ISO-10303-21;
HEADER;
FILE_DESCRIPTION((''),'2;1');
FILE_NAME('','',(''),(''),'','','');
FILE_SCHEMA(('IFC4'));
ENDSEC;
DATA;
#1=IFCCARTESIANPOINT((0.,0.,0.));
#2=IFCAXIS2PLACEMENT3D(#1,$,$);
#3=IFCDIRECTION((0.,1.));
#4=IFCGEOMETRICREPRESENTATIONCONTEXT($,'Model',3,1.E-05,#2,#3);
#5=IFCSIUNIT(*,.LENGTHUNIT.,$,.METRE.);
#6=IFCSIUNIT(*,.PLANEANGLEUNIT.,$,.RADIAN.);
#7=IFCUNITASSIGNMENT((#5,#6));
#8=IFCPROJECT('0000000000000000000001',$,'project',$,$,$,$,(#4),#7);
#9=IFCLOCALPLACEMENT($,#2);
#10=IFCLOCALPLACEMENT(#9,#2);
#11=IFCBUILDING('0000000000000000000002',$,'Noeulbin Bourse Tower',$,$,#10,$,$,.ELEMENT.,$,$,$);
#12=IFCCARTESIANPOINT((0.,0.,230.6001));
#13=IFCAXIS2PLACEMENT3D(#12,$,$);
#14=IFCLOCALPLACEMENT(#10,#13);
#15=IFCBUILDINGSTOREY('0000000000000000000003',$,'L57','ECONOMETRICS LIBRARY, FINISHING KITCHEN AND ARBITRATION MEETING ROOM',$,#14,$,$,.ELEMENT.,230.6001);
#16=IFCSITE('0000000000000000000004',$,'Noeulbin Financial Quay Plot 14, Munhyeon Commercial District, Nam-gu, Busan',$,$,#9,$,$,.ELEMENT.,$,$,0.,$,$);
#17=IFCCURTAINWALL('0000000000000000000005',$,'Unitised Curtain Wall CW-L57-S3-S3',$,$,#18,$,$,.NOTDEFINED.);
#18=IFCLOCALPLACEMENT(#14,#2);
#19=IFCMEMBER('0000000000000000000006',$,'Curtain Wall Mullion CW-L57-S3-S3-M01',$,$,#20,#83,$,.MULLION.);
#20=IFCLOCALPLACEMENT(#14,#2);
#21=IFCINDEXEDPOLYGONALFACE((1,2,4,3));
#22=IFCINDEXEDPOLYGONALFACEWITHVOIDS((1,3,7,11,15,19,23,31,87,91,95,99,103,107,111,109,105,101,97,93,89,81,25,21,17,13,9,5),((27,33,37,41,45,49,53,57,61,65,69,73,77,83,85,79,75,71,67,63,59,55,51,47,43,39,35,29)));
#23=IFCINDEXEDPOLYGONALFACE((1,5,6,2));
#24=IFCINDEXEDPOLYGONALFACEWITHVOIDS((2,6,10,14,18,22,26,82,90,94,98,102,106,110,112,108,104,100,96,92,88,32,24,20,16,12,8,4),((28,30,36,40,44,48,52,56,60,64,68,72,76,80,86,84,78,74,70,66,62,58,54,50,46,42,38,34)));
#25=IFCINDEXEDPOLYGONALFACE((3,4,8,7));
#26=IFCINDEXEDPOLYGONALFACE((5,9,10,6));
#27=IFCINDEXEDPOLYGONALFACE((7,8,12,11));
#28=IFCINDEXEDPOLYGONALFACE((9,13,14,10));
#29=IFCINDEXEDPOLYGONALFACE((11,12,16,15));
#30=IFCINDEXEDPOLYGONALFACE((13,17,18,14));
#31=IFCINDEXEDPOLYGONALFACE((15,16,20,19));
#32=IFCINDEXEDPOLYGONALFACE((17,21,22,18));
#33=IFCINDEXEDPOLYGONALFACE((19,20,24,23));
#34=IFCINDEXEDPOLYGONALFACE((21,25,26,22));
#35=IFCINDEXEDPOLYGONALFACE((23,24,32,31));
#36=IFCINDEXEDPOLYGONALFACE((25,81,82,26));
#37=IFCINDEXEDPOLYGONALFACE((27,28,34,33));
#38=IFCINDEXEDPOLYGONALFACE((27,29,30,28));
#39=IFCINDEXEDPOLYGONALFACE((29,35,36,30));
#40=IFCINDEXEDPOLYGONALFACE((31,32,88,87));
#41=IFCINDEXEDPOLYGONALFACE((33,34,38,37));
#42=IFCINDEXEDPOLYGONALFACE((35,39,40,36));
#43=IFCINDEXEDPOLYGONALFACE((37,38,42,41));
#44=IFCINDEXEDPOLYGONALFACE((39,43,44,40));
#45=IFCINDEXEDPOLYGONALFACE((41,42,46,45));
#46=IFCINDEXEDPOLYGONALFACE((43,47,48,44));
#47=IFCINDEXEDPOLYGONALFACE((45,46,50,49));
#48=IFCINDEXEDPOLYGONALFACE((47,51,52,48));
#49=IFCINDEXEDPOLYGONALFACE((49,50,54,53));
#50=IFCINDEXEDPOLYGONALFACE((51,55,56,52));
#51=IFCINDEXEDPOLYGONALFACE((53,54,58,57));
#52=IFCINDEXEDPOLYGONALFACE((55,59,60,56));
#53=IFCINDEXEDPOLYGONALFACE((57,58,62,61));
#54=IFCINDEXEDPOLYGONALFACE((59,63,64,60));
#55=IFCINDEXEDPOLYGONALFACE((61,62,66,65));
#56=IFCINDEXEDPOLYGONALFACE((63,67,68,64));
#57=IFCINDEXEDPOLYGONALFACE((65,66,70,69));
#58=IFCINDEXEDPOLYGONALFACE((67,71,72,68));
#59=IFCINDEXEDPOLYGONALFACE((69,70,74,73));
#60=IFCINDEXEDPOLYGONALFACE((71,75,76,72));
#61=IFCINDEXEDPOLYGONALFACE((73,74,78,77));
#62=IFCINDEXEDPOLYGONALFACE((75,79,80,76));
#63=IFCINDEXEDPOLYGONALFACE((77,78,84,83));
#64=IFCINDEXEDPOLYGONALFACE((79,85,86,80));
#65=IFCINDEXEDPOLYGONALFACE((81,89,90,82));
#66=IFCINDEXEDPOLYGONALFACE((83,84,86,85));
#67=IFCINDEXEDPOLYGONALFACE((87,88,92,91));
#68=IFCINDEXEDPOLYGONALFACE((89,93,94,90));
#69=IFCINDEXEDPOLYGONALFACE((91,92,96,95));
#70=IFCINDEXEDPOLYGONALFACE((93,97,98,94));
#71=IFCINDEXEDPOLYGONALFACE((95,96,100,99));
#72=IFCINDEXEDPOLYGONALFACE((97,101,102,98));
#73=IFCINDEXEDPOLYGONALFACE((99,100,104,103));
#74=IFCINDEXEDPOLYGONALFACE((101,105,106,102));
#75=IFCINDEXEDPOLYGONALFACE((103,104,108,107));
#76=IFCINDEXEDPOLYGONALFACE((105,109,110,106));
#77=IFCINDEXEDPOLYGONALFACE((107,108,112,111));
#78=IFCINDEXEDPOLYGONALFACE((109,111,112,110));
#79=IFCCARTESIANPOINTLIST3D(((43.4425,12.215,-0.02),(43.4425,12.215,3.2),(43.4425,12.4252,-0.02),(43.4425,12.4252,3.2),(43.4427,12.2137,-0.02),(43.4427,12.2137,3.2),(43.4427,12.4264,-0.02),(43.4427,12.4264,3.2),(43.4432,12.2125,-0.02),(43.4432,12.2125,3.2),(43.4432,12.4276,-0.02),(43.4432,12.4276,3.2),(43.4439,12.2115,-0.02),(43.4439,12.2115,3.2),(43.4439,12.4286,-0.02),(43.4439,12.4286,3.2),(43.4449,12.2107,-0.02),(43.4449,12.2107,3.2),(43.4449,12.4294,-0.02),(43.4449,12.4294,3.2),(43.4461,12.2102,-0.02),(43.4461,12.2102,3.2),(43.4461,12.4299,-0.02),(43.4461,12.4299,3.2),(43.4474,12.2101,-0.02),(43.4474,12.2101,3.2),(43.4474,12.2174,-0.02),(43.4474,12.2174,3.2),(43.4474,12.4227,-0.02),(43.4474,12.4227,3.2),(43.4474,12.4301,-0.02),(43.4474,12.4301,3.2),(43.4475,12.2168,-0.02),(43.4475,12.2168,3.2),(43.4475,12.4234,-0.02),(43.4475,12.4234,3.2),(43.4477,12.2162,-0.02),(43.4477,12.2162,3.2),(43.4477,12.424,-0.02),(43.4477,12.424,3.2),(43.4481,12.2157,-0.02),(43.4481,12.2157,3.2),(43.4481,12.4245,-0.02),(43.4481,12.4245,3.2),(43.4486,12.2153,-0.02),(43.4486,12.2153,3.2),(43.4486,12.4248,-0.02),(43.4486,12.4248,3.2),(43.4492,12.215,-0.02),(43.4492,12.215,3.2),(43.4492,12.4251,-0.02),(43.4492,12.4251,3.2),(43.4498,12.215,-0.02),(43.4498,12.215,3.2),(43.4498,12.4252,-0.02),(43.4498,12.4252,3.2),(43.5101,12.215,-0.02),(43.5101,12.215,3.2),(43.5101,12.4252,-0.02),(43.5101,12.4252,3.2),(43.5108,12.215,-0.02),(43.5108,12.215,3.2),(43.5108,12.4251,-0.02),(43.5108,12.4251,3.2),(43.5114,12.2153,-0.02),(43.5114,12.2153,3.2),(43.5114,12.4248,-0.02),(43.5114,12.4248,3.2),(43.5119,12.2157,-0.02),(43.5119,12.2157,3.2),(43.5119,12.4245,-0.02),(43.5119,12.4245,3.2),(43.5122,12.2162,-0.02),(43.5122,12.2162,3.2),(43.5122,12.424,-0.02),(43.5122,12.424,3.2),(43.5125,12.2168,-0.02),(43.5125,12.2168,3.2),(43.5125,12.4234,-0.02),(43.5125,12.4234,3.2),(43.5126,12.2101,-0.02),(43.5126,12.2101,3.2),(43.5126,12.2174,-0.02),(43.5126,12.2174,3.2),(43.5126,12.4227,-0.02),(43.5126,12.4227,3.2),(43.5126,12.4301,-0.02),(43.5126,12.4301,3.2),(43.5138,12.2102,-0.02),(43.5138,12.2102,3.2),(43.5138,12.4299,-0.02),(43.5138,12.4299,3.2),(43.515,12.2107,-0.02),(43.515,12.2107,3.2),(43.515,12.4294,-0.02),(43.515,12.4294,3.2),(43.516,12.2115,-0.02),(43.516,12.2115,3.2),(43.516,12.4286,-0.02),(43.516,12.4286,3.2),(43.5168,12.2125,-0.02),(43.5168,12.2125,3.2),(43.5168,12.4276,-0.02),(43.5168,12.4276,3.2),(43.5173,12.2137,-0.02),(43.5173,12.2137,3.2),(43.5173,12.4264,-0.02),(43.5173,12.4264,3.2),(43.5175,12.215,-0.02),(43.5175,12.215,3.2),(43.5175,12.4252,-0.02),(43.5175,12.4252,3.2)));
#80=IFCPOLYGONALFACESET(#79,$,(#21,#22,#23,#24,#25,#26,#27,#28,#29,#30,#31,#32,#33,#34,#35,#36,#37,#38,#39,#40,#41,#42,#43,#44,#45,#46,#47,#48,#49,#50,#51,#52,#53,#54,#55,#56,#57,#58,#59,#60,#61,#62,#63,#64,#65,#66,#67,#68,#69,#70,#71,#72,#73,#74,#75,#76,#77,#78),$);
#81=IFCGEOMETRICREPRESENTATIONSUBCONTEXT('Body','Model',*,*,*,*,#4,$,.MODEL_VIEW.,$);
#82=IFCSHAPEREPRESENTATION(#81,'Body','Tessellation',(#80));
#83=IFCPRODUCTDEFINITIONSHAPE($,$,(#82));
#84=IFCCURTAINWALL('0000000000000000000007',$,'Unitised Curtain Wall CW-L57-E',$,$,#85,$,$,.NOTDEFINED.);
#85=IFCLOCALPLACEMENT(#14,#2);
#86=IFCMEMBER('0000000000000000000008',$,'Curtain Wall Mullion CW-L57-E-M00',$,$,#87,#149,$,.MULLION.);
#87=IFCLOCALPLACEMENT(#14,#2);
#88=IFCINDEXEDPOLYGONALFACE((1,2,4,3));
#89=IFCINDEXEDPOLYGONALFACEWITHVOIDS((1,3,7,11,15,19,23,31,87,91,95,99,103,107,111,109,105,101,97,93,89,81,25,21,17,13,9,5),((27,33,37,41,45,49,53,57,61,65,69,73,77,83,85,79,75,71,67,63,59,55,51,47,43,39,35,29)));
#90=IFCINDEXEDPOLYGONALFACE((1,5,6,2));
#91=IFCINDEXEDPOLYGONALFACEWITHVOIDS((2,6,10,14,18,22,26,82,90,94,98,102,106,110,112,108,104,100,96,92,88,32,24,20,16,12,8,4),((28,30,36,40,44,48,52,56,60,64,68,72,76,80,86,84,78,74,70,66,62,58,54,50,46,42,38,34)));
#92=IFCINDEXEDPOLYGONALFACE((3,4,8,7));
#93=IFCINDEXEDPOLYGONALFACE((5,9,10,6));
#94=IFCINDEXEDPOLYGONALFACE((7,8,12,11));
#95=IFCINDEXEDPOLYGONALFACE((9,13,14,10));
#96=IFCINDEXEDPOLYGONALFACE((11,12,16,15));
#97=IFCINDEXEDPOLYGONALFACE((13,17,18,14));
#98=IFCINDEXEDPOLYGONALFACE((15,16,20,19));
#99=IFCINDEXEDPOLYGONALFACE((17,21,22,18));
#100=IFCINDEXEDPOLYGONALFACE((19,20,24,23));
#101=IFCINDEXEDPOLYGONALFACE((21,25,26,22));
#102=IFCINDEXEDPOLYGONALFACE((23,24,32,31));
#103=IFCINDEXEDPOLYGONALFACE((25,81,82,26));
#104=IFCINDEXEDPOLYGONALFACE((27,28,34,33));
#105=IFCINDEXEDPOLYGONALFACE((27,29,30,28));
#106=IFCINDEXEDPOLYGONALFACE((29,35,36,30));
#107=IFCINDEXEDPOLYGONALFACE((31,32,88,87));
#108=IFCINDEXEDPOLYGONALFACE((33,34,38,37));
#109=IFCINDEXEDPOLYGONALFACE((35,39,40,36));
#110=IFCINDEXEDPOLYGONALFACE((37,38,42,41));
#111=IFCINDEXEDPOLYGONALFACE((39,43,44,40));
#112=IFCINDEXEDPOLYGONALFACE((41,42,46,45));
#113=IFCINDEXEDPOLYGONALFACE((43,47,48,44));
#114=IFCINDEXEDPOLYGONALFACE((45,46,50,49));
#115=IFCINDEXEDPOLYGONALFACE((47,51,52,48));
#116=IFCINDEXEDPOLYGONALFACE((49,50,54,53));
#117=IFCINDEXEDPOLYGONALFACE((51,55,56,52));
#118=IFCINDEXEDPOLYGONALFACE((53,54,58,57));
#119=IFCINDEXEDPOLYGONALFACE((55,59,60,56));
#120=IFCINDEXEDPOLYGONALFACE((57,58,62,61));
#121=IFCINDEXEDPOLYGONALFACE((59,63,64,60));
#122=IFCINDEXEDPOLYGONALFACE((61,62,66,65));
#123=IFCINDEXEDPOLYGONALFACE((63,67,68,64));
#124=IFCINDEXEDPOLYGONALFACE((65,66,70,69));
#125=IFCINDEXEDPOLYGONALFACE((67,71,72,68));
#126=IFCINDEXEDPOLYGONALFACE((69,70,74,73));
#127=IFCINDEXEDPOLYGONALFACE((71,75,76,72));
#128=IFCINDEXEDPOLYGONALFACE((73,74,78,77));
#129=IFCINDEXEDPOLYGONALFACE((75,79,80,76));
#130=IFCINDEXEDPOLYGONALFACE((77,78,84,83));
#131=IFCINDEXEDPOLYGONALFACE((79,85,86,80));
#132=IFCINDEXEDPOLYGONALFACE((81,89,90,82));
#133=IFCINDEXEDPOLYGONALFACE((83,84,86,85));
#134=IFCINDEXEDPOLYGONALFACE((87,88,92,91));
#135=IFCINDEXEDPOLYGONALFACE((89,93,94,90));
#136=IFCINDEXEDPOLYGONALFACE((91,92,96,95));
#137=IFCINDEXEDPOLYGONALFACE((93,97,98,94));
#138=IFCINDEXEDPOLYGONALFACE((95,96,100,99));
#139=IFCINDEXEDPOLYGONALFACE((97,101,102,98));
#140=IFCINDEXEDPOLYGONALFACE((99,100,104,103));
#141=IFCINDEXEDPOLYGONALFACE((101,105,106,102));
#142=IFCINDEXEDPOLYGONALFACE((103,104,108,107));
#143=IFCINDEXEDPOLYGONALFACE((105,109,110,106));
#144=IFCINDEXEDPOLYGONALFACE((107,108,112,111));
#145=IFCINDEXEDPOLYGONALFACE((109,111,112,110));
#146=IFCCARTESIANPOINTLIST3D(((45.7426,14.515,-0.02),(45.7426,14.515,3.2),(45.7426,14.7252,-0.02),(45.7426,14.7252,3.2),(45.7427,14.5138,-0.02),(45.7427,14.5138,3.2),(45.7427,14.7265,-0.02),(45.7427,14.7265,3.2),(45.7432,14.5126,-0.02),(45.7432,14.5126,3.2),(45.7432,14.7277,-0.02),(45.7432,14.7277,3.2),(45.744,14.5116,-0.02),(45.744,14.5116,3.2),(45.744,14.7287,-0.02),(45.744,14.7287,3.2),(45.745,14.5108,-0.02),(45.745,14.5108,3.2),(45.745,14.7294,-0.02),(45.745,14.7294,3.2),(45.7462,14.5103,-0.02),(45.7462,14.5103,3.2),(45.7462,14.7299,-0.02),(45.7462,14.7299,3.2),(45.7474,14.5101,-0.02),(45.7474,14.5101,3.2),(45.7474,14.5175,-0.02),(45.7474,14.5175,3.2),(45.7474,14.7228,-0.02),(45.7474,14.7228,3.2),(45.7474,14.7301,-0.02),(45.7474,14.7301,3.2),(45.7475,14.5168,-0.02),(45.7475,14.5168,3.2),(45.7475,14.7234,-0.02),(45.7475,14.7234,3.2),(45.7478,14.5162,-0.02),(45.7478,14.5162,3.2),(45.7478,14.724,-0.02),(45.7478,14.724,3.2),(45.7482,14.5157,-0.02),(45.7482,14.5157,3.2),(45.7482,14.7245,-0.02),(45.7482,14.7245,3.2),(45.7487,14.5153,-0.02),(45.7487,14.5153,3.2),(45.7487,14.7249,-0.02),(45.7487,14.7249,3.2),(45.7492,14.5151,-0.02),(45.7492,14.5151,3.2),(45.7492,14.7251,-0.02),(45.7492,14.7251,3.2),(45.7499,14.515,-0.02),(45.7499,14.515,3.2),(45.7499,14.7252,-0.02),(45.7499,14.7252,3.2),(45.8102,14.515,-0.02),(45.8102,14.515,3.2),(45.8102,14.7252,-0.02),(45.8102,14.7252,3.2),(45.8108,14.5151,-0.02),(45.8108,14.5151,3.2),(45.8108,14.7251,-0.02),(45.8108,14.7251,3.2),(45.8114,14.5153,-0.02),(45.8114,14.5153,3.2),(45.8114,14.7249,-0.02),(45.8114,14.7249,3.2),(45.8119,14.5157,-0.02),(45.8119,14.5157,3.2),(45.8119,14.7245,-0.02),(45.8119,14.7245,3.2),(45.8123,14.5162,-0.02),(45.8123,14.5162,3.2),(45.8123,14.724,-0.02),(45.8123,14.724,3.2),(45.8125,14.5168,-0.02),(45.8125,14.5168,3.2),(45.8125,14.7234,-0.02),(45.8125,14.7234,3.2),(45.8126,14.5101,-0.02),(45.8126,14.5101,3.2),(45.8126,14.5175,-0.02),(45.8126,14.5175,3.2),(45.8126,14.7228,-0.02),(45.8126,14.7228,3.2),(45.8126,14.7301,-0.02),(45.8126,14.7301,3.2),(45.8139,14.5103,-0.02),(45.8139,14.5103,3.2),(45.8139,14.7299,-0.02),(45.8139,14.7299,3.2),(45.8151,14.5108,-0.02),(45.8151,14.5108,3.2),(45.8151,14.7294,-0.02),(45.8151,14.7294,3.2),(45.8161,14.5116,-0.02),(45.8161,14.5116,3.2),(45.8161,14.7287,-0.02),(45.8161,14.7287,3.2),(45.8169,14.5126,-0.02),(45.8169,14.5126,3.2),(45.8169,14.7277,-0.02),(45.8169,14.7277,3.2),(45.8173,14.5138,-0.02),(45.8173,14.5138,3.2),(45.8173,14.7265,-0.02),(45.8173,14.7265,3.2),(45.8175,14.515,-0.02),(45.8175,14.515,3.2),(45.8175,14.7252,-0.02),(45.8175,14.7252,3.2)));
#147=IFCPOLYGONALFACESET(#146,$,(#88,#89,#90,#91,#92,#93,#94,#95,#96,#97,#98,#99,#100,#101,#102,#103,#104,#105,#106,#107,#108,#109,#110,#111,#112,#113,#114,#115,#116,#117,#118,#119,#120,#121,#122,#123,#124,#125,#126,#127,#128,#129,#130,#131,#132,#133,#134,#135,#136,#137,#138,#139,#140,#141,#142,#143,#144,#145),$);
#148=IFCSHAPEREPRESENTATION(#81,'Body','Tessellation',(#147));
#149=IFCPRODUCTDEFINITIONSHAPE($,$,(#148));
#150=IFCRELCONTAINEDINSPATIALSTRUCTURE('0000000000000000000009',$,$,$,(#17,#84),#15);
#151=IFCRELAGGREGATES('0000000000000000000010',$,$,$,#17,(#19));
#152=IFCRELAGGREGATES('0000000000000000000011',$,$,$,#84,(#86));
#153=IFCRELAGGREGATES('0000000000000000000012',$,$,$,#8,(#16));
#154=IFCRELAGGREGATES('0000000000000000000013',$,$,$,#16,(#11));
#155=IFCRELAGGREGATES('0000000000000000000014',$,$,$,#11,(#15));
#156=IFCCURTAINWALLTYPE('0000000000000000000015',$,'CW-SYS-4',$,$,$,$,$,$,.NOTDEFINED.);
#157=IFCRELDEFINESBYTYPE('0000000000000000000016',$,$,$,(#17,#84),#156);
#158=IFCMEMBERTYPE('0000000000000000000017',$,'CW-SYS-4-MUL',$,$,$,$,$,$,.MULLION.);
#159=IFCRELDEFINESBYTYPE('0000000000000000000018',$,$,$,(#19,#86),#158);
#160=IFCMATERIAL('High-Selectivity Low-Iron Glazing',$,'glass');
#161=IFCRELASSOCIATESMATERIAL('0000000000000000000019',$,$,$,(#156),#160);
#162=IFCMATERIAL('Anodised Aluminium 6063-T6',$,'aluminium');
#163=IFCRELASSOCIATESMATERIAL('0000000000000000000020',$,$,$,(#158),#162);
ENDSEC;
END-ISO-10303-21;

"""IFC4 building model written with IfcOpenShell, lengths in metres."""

from ifc_helpers import new_model, si_unit, direction, frame, origin, origin_2d, place, context, subcontext, project, spatial, hollow_rectangle, extrude, material, material_profile, profile_set, type_object, element, aggregate, save


model = new_model("IFC4")

# Units and contexts
model_context = context("Model", 3, precision=1e-05, world=origin(), true_north=direction((0.0, 1.0)))
body_context = subcontext(model_context, "Body", "Model", "MODEL_VIEW")
ifc_project = project(units=[si_unit("LENGTHUNIT", "METRE"), si_unit("PLANEANGLEUNIT", "RADIAN")], contexts=[model_context])

# Site, building, storey
site_placement = place(None, origin())
site = spatial("IfcSite", under=ifc_project, at=site_placement, Name="Noeulbin Financial Quay Plot 14, Munhyeon Commercial District, Nam-gu, Busan", CompositionType="ELEMENT", RefElevation=0.0)
building_placement = place(site_placement, origin())
building = spatial("IfcBuilding", under=site, at=building_placement, Name="Noeulbin Bourse Tower", CompositionType="ELEMENT")
storey_placement = place(building_placement, frame((0.0, 0.0, 230.6001)))
storey = spatial("IfcBuildingStorey", under=building, at=storey_placement, Name="L57", Description="ECONOMETRICS LIBRARY, FINISHING KITCHEN AND ARBITRATION MEETING ROOM", CompositionType="ELEMENT", Elevation=230.6001)

# Curtain walls, members
ifc_material_1 = material(Name="High-Selectivity Low-Iron Glazing", Category="glass")
curtain_wall_type = type_object("IfcCurtainWallType", Name="CW-SYS-4", PredefinedType="NOTDEFINED", material=ifc_material_1)
ifc_material_2 = material(Name="Anodised Aluminium 6063-T6", Category="aluminium")
ifc_material_profile_1 = material_profile(ifc_material_2, hollow_rectangle(XDim=0.075, YDim=0.22, WallThickness=0.0049, InnerFilletRadius=0.0024, OuterFilletRadius=0.0049, at=origin_2d()), Name="ALU-MULL-75x220x5", Category="LoadBearing")
ifc_profile_set_1 = profile_set([ifc_material_profile_1], Name="Anodised Aluminium 6063-T6")
member_type_1 = type_object("IfcMemberType", Name="CW-SYS-4-MUL", PredefinedType="MULLION", material=ifc_profile_set_1)
curtain_wall_1_placement = place(storey_placement, origin())
curtain_wall_1 = element("IfcCurtainWall", 1, at=curtain_wall_1_placement, inside=storey, type_object=curtain_wall_type, Name="Unitised Curtain Wall CW-L57-S3-S3", PredefinedType="NOTDEFINED")
member_1_placement = place(storey_placement, frame((43.48, 12.3201, -0.02), z_axis=(0.0, 0.0, 1.0), x_axis=(1.0, 0.0, 0.0)))
member_1 = element("IfcMember", 2, at=member_1_placement, type_object=member_type_1, Name="Curtain Wall Mullion CW-L57-S3-S3-M01", PredefinedType="MULLION", context=body_context, shape_type="SweptSolid", body=[
    extrude(hollow_rectangle(XDim=0.075, YDim=0.22, WallThickness=0.0049, InnerFilletRadius=0.0024, OuterFilletRadius=0.0049, at=origin_2d()), origin(), (0.0, 0.0, 1.0), 3.22),
])
curtain_wall_2_placement = place(storey_placement, origin())
curtain_wall_2 = element("IfcCurtainWall", 3, at=curtain_wall_2_placement, inside=storey, type_object=curtain_wall_type, Name="Unitised Curtain Wall CW-L57-E", PredefinedType="NOTDEFINED")
member_2_placement = place(storey_placement, frame((45.78, 14.6201, -0.02), z_axis=(0.0, 0.0, 1.0), x_axis=(1.0, 0.0, 0.0)))
member_2 = element("IfcMember", 4, at=member_2_placement, type_object=member_type_1, Name="Curtain Wall Mullion CW-L57-E-M00", PredefinedType="MULLION", context=body_context, shape_type="SweptSolid", body=[
    extrude(hollow_rectangle(XDim=0.075, YDim=0.22, WallThickness=0.0049, InnerFilletRadius=0.0024, OuterFilletRadius=0.0049, at=origin_2d()), origin(), (0.0, 0.0, 1.0), 3.22),
])

aggregate(curtain_wall_1, [member_1])
aggregate(curtain_wall_2, [member_2])

save(model, "model.ifc")
